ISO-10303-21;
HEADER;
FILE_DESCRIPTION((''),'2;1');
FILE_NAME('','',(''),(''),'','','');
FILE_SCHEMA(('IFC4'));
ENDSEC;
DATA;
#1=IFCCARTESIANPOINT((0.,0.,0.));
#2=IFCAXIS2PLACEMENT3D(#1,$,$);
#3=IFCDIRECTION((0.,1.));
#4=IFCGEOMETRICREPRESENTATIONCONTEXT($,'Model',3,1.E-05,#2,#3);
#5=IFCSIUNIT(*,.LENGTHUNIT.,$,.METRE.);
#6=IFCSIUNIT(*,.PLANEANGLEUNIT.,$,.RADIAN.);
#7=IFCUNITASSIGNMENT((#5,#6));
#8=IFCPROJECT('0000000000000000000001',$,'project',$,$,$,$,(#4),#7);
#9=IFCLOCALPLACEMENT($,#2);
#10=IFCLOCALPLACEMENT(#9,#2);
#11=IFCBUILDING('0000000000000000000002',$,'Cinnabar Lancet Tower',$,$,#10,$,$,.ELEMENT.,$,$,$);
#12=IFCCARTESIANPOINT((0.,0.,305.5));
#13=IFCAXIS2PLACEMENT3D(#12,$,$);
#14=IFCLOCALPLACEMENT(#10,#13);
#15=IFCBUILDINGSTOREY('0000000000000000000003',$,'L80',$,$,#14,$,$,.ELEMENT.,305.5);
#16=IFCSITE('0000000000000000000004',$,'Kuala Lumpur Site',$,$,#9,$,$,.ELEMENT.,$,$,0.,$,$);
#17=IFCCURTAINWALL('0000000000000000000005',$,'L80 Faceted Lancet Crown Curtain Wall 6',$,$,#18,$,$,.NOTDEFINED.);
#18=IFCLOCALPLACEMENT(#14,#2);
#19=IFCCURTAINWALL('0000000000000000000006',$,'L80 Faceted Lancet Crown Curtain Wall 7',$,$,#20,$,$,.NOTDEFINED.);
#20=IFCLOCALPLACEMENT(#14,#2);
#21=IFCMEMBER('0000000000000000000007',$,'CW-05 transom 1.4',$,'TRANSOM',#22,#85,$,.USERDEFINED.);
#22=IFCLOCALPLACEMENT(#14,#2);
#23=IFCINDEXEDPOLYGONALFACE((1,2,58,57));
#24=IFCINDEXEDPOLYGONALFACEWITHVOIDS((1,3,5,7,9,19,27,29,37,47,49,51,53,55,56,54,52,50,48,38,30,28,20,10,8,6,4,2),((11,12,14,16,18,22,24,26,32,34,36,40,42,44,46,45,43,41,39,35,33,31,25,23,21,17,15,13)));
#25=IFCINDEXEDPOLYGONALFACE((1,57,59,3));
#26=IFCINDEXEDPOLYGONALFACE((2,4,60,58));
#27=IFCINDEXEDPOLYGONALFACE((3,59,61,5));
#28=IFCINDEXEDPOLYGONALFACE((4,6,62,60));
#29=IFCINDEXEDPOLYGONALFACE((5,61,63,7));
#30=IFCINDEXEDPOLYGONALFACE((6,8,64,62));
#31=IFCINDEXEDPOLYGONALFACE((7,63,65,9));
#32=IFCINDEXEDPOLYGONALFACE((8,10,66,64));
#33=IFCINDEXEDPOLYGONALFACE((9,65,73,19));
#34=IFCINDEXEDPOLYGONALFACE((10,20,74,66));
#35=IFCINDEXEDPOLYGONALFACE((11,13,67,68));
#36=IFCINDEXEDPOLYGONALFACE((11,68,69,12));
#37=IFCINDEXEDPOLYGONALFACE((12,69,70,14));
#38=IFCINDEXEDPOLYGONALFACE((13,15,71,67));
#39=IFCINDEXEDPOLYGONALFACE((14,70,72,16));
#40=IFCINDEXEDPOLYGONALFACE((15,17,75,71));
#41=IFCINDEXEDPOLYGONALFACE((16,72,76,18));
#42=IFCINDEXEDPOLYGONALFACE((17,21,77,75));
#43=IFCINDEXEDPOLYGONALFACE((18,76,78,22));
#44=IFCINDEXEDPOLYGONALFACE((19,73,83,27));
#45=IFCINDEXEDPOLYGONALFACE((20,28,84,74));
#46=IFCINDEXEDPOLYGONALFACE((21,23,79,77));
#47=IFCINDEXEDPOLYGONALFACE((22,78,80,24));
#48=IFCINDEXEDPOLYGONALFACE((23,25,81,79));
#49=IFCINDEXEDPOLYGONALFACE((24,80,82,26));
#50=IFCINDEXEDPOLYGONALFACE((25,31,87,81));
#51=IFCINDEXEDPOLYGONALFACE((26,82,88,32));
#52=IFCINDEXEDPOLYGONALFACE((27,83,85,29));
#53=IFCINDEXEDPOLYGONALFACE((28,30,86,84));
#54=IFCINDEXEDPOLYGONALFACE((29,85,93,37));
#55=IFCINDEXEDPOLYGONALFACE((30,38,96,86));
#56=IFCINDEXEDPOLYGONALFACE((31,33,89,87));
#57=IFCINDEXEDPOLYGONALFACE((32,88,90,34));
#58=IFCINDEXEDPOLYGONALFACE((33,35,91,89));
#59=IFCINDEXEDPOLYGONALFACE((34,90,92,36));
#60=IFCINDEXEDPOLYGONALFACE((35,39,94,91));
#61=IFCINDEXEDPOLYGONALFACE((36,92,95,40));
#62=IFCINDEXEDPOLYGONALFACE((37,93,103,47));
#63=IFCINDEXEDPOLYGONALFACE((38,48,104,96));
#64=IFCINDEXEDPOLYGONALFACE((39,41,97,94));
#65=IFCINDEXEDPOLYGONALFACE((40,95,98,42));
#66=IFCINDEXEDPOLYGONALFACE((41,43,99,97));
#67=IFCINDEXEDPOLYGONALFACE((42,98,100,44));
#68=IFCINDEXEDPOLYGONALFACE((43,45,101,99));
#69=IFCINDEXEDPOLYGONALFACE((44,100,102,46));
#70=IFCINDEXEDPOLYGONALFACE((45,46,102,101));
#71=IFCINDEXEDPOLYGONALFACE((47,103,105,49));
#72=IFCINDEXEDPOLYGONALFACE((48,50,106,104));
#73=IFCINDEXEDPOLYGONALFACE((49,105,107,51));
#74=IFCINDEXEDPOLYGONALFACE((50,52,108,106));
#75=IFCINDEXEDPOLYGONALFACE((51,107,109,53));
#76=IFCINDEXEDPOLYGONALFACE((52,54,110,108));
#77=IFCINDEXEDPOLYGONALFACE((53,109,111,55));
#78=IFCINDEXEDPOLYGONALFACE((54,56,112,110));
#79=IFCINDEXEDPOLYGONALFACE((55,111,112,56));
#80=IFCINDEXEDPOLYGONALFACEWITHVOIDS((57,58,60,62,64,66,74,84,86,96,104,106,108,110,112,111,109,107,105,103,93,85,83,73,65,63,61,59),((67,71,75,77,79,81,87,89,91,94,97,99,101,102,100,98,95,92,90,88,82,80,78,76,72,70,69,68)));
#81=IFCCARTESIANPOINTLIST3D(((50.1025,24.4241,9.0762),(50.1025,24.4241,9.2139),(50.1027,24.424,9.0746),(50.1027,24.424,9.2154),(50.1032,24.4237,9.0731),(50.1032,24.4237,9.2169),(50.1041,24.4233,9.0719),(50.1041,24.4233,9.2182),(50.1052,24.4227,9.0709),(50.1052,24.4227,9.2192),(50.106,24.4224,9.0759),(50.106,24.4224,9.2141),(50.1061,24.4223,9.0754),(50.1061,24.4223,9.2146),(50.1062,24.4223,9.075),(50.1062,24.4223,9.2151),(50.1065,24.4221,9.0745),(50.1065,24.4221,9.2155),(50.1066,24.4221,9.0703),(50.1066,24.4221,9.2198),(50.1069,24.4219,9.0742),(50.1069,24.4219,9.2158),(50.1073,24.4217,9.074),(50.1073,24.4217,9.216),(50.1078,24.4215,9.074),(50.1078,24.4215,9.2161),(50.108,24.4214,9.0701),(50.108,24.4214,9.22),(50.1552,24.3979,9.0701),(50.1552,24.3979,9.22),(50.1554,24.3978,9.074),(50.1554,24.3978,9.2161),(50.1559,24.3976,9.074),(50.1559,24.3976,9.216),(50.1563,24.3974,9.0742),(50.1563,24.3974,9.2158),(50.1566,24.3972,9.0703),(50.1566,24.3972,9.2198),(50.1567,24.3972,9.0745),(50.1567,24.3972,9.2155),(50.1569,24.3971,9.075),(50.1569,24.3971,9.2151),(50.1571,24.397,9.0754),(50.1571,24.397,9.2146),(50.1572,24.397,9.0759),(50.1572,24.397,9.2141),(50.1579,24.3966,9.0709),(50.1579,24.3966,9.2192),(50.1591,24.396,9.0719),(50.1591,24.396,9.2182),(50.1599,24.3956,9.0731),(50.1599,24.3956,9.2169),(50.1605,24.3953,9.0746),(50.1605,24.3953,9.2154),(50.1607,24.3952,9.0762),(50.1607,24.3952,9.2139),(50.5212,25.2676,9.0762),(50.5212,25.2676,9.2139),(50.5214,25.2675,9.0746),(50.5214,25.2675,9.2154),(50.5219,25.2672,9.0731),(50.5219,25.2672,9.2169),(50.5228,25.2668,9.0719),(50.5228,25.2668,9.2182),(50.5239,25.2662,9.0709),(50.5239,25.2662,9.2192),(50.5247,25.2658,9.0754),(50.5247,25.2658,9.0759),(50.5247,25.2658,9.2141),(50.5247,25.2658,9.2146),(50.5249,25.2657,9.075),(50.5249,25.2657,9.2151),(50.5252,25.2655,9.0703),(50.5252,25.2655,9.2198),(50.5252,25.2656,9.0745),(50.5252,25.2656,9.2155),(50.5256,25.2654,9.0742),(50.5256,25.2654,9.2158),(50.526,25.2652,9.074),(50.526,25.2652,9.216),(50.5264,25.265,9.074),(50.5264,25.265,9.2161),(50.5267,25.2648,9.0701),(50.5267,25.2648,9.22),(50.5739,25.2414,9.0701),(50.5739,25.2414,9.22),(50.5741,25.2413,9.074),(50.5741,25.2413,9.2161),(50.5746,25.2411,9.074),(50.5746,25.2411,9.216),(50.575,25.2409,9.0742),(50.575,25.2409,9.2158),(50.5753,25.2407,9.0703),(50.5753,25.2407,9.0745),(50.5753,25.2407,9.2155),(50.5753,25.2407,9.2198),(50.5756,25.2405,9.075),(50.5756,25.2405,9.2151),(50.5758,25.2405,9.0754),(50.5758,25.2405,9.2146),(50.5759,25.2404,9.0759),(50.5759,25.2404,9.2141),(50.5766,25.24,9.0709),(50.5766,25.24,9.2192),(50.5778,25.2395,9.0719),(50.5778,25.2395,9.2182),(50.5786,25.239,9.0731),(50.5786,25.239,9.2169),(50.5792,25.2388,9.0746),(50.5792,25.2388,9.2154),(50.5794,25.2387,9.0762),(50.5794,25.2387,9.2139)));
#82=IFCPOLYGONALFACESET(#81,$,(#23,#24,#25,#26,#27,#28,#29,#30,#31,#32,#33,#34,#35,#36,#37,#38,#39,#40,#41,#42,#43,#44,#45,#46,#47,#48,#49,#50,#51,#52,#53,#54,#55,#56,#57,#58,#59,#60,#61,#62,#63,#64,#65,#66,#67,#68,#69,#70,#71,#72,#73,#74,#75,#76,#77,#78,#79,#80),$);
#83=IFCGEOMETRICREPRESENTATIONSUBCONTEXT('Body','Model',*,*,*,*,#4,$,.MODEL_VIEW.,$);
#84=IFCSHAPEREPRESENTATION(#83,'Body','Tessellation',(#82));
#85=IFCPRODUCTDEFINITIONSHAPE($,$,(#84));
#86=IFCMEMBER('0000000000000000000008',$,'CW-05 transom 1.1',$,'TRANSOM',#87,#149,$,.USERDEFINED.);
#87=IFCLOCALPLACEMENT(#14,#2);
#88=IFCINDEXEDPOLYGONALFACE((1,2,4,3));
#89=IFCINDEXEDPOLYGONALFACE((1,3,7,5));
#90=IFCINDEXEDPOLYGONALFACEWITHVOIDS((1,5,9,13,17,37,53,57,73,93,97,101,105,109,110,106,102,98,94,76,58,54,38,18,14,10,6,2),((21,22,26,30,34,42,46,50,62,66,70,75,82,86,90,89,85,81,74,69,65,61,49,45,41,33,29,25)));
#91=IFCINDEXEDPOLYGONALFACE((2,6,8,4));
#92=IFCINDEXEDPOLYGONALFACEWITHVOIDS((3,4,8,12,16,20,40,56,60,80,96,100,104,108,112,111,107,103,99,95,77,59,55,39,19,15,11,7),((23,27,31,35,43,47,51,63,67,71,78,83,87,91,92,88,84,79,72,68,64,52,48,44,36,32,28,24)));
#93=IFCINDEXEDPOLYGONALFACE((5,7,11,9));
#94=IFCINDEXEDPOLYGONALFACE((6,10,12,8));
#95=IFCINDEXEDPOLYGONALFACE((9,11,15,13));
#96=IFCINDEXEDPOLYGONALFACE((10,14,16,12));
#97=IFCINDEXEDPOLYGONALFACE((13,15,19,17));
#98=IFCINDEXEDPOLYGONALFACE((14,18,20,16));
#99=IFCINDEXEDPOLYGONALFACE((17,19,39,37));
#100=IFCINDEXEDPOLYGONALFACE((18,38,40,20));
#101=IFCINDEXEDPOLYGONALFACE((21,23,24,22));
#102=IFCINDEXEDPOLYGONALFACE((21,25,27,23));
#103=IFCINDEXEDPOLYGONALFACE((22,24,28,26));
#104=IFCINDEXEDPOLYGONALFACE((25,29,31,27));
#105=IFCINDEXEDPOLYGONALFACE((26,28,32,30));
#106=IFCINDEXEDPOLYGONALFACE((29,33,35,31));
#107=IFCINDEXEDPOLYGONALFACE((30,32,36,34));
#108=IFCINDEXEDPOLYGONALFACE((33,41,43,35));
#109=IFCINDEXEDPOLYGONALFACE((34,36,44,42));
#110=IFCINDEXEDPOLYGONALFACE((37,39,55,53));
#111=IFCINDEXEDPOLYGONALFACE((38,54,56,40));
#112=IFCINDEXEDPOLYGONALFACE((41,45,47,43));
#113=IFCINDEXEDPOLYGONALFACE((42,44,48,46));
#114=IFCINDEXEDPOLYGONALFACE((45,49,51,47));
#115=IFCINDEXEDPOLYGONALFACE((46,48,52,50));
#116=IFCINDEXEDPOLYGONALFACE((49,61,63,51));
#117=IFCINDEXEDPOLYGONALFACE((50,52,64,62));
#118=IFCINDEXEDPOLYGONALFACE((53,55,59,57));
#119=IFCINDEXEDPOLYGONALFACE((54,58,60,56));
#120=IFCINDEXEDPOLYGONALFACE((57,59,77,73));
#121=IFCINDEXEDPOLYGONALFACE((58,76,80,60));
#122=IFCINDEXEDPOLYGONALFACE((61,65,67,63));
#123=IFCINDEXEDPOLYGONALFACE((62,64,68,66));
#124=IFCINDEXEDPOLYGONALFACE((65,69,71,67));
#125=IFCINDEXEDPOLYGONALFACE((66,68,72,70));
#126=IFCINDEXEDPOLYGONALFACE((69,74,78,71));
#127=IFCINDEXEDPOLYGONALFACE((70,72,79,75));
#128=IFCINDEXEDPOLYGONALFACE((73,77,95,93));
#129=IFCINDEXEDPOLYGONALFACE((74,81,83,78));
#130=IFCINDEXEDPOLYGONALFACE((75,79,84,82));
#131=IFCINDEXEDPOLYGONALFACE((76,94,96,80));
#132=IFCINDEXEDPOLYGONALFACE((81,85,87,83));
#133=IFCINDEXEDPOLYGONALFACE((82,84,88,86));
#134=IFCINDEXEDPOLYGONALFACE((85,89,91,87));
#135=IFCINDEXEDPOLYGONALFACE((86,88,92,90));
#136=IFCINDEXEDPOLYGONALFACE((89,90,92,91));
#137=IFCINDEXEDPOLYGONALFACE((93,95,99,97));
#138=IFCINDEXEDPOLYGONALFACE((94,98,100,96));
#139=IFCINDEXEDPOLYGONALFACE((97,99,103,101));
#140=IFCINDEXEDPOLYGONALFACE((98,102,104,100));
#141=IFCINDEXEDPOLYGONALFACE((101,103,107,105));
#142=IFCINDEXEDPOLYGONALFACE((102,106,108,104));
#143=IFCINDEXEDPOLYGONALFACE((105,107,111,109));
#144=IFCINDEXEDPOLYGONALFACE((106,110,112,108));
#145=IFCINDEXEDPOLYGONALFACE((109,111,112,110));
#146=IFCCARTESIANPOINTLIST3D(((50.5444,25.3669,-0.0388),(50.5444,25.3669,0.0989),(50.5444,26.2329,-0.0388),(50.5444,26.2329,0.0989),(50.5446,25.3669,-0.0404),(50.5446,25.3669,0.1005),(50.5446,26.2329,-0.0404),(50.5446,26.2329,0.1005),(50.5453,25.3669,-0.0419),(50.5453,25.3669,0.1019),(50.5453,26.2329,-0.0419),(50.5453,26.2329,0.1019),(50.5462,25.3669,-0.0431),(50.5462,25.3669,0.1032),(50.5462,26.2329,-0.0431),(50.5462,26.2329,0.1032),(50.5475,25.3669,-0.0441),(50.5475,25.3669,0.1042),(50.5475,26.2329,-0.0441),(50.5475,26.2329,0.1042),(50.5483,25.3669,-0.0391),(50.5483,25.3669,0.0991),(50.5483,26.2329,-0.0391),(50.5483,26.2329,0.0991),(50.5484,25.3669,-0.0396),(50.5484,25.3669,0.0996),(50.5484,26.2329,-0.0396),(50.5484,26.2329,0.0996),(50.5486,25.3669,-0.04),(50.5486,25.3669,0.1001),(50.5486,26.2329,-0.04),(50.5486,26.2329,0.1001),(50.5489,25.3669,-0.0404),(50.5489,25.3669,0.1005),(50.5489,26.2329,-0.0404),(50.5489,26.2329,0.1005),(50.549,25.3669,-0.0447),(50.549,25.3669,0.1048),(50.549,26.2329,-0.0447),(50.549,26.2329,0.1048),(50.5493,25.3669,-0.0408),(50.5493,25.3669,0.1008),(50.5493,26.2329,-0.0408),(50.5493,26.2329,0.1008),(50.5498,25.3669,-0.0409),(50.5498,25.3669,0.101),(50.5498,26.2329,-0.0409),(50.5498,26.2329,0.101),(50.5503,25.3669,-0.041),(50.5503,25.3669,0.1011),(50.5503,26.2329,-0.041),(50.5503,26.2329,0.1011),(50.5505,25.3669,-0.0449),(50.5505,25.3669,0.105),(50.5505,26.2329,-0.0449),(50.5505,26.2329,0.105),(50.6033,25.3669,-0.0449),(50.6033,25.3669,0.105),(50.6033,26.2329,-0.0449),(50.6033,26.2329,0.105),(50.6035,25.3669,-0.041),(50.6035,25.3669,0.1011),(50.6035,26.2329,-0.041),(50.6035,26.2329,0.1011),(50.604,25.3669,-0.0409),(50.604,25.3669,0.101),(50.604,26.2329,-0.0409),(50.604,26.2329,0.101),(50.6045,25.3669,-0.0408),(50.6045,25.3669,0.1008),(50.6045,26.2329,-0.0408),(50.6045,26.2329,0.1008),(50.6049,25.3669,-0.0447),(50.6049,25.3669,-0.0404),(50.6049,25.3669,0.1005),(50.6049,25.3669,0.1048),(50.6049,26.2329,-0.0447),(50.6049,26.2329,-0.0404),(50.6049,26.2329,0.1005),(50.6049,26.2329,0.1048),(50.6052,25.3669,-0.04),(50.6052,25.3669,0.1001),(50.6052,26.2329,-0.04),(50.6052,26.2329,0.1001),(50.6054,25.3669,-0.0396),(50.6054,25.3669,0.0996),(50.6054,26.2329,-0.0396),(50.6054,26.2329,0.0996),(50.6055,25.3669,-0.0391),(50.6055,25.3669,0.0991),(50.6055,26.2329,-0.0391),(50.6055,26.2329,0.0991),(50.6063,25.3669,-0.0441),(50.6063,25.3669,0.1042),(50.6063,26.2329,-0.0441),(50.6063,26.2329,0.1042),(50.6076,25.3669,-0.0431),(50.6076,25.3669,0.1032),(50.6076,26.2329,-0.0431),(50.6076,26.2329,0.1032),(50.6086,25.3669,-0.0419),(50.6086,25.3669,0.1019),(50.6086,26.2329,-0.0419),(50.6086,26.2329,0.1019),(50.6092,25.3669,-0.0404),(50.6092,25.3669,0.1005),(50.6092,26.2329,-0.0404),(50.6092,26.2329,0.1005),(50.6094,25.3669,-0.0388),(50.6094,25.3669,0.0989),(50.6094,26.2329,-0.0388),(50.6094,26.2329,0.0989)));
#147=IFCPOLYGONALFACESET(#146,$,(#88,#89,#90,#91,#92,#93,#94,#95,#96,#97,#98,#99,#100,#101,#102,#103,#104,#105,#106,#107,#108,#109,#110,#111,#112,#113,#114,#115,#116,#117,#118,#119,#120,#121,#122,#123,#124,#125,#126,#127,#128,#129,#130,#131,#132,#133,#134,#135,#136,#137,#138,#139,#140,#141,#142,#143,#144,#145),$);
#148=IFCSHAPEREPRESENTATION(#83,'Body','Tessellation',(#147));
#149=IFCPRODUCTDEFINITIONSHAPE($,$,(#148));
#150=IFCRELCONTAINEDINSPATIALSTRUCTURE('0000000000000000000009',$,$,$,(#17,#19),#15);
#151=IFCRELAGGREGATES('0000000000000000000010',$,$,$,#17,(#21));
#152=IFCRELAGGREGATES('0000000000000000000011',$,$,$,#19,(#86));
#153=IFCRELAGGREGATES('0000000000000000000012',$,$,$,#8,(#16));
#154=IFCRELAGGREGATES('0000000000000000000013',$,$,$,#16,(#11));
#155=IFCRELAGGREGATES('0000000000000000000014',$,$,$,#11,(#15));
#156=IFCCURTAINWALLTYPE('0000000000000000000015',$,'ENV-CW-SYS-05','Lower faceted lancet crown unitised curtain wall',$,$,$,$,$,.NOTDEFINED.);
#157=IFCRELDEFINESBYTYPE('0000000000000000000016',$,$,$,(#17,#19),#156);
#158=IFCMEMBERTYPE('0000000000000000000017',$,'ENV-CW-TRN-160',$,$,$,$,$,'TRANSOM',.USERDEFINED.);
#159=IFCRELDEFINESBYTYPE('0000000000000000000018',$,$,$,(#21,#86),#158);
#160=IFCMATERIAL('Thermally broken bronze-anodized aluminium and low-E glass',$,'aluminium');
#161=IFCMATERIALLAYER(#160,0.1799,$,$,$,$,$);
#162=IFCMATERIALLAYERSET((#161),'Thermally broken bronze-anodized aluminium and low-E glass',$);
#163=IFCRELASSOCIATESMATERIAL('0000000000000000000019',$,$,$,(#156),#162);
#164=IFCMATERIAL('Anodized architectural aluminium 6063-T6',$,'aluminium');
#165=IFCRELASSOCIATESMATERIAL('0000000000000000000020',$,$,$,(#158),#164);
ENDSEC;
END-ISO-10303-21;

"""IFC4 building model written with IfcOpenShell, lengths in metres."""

from ifc_helpers import new_model, si_unit, direction, frame, origin, origin_2d, place, context, subcontext, project, spatial, hollow_rectangle, extrude, material, layer, layer_set, material_profile, profile_set, type_object, element, aggregate, save


model = new_model("IFC4")

# Units and contexts
model_context = context("Model", 3, precision=1e-05, world=origin(), true_north=direction((0.0, 1.0)))
body_context = subcontext(model_context, "Body", "Model", "MODEL_VIEW")
ifc_project = project(units=[si_unit("LENGTHUNIT", "METRE"), si_unit("PLANEANGLEUNIT", "RADIAN")], contexts=[model_context])

# Site, building, storey
site_placement = place(None, origin())
site = spatial("IfcSite", under=ifc_project, at=site_placement, Name="Kuala Lumpur Site", CompositionType="ELEMENT", RefElevation=0.0)
building_placement = place(site_placement, origin())
building = spatial("IfcBuilding", under=site, at=building_placement, Name="Cinnabar Lancet Tower", CompositionType="ELEMENT")
storey_placement = place(building_placement, frame((0.0, 0.0, 305.5)))
storey = spatial("IfcBuildingStorey", under=building, at=storey_placement, Name="L80", CompositionType="ELEMENT", Elevation=305.5)

# Curtain wall
ifc_material_1 = material(Name="Thermally broken bronze-anodized aluminium and low-E glass", Category="aluminium")
ifc_layer_1 = layer(ifc_material_1, 0.1799)
ifc_layer_set_1 = layer_set([ifc_layer_1], Name="Thermally broken bronze-anodized aluminium and low-E glass")
curtain_wall_type = type_object("IfcCurtainWallType", Name="ENV-CW-SYS-05", Description="Lower faceted lancet crown unitised curtain wall", PredefinedType="NOTDEFINED", material=ifc_layer_set_1)
curtain_wall_1_placement = place(storey_placement, origin())
curtain_wall_1 = element("IfcCurtainWall", 1, at=curtain_wall_1_placement, inside=storey, type_object=curtain_wall_type, Name="L80 Faceted Lancet Crown Curtain Wall 6", PredefinedType="NOTDEFINED")

# Curtain wall
curtain_wall_2_placement = place(storey_placement, origin())
curtain_wall_2 = element("IfcCurtainWall", 2, at=curtain_wall_2_placement, inside=storey, type_object=curtain_wall_type, Name="L80 Faceted Lancet Crown Curtain Wall 7", PredefinedType="NOTDEFINED")

# Members
ifc_material_2 = material(Name="Anodized architectural aluminium 6063-T6", Category="aluminium")
ifc_material_profile_1 = material_profile(ifc_material_2, hollow_rectangle(XDim=0.0649, YDim=0.1499, WallThickness=0.0039, InnerFilletRadius=0.002, OuterFilletRadius=0.0061, at=origin_2d()), Name="CW-TRN 150x65x4")
ifc_profile_set_1 = profile_set([ifc_material_profile_1], Name="Anodized architectural aluminium 6063-T6")
member_type_1 = type_object("IfcMemberType", Name="ENV-CW-TRN-160", ElementType="TRANSOM", PredefinedType="USERDEFINED", material=ifc_profile_set_1)
member_1_placement = place(storey_placement, frame((50.1316, 24.4097, 9.145), z_axis=(0.444619, 0.89572, 0.0), x_axis=(-0.89572, 0.444619, 0.0)))
member_1 = element("IfcMember", 3, at=member_1_placement, type_object=member_type_1, Name="CW-05 transom 1.4", ObjectType="TRANSOM", PredefinedType="USERDEFINED", context=body_context, shape_type="SweptSolid", body=[
    extrude(hollow_rectangle(XDim=0.0649, YDim=0.1499, WallThickness=0.0039, InnerFilletRadius=0.002, OuterFilletRadius=0.0061, at=origin_2d()), origin(), (0.0, 0.0, 1.0), 0.9417),
])
member_2_placement = place(storey_placement, frame((50.5769, 25.3669, 0.03), z_axis=(0.0, 1.0, 0.0), x_axis=(-1.0, 0.0, 0.0)))
member_2 = element("IfcMember", 4, at=member_2_placement, type_object=member_type_1, Name="CW-05 transom 1.1", ObjectType="TRANSOM", PredefinedType="USERDEFINED", context=body_context, shape_type="SweptSolid", body=[
    extrude(hollow_rectangle(XDim=0.0649, YDim=0.1499, WallThickness=0.0039, InnerFilletRadius=0.002, OuterFilletRadius=0.0061, at=origin_2d()), origin(), (0.0, 0.0, 1.0), 0.866),
])

aggregate(curtain_wall_1, [member_1])
aggregate(curtain_wall_2, [member_2])

save(model, "model.ifc")
